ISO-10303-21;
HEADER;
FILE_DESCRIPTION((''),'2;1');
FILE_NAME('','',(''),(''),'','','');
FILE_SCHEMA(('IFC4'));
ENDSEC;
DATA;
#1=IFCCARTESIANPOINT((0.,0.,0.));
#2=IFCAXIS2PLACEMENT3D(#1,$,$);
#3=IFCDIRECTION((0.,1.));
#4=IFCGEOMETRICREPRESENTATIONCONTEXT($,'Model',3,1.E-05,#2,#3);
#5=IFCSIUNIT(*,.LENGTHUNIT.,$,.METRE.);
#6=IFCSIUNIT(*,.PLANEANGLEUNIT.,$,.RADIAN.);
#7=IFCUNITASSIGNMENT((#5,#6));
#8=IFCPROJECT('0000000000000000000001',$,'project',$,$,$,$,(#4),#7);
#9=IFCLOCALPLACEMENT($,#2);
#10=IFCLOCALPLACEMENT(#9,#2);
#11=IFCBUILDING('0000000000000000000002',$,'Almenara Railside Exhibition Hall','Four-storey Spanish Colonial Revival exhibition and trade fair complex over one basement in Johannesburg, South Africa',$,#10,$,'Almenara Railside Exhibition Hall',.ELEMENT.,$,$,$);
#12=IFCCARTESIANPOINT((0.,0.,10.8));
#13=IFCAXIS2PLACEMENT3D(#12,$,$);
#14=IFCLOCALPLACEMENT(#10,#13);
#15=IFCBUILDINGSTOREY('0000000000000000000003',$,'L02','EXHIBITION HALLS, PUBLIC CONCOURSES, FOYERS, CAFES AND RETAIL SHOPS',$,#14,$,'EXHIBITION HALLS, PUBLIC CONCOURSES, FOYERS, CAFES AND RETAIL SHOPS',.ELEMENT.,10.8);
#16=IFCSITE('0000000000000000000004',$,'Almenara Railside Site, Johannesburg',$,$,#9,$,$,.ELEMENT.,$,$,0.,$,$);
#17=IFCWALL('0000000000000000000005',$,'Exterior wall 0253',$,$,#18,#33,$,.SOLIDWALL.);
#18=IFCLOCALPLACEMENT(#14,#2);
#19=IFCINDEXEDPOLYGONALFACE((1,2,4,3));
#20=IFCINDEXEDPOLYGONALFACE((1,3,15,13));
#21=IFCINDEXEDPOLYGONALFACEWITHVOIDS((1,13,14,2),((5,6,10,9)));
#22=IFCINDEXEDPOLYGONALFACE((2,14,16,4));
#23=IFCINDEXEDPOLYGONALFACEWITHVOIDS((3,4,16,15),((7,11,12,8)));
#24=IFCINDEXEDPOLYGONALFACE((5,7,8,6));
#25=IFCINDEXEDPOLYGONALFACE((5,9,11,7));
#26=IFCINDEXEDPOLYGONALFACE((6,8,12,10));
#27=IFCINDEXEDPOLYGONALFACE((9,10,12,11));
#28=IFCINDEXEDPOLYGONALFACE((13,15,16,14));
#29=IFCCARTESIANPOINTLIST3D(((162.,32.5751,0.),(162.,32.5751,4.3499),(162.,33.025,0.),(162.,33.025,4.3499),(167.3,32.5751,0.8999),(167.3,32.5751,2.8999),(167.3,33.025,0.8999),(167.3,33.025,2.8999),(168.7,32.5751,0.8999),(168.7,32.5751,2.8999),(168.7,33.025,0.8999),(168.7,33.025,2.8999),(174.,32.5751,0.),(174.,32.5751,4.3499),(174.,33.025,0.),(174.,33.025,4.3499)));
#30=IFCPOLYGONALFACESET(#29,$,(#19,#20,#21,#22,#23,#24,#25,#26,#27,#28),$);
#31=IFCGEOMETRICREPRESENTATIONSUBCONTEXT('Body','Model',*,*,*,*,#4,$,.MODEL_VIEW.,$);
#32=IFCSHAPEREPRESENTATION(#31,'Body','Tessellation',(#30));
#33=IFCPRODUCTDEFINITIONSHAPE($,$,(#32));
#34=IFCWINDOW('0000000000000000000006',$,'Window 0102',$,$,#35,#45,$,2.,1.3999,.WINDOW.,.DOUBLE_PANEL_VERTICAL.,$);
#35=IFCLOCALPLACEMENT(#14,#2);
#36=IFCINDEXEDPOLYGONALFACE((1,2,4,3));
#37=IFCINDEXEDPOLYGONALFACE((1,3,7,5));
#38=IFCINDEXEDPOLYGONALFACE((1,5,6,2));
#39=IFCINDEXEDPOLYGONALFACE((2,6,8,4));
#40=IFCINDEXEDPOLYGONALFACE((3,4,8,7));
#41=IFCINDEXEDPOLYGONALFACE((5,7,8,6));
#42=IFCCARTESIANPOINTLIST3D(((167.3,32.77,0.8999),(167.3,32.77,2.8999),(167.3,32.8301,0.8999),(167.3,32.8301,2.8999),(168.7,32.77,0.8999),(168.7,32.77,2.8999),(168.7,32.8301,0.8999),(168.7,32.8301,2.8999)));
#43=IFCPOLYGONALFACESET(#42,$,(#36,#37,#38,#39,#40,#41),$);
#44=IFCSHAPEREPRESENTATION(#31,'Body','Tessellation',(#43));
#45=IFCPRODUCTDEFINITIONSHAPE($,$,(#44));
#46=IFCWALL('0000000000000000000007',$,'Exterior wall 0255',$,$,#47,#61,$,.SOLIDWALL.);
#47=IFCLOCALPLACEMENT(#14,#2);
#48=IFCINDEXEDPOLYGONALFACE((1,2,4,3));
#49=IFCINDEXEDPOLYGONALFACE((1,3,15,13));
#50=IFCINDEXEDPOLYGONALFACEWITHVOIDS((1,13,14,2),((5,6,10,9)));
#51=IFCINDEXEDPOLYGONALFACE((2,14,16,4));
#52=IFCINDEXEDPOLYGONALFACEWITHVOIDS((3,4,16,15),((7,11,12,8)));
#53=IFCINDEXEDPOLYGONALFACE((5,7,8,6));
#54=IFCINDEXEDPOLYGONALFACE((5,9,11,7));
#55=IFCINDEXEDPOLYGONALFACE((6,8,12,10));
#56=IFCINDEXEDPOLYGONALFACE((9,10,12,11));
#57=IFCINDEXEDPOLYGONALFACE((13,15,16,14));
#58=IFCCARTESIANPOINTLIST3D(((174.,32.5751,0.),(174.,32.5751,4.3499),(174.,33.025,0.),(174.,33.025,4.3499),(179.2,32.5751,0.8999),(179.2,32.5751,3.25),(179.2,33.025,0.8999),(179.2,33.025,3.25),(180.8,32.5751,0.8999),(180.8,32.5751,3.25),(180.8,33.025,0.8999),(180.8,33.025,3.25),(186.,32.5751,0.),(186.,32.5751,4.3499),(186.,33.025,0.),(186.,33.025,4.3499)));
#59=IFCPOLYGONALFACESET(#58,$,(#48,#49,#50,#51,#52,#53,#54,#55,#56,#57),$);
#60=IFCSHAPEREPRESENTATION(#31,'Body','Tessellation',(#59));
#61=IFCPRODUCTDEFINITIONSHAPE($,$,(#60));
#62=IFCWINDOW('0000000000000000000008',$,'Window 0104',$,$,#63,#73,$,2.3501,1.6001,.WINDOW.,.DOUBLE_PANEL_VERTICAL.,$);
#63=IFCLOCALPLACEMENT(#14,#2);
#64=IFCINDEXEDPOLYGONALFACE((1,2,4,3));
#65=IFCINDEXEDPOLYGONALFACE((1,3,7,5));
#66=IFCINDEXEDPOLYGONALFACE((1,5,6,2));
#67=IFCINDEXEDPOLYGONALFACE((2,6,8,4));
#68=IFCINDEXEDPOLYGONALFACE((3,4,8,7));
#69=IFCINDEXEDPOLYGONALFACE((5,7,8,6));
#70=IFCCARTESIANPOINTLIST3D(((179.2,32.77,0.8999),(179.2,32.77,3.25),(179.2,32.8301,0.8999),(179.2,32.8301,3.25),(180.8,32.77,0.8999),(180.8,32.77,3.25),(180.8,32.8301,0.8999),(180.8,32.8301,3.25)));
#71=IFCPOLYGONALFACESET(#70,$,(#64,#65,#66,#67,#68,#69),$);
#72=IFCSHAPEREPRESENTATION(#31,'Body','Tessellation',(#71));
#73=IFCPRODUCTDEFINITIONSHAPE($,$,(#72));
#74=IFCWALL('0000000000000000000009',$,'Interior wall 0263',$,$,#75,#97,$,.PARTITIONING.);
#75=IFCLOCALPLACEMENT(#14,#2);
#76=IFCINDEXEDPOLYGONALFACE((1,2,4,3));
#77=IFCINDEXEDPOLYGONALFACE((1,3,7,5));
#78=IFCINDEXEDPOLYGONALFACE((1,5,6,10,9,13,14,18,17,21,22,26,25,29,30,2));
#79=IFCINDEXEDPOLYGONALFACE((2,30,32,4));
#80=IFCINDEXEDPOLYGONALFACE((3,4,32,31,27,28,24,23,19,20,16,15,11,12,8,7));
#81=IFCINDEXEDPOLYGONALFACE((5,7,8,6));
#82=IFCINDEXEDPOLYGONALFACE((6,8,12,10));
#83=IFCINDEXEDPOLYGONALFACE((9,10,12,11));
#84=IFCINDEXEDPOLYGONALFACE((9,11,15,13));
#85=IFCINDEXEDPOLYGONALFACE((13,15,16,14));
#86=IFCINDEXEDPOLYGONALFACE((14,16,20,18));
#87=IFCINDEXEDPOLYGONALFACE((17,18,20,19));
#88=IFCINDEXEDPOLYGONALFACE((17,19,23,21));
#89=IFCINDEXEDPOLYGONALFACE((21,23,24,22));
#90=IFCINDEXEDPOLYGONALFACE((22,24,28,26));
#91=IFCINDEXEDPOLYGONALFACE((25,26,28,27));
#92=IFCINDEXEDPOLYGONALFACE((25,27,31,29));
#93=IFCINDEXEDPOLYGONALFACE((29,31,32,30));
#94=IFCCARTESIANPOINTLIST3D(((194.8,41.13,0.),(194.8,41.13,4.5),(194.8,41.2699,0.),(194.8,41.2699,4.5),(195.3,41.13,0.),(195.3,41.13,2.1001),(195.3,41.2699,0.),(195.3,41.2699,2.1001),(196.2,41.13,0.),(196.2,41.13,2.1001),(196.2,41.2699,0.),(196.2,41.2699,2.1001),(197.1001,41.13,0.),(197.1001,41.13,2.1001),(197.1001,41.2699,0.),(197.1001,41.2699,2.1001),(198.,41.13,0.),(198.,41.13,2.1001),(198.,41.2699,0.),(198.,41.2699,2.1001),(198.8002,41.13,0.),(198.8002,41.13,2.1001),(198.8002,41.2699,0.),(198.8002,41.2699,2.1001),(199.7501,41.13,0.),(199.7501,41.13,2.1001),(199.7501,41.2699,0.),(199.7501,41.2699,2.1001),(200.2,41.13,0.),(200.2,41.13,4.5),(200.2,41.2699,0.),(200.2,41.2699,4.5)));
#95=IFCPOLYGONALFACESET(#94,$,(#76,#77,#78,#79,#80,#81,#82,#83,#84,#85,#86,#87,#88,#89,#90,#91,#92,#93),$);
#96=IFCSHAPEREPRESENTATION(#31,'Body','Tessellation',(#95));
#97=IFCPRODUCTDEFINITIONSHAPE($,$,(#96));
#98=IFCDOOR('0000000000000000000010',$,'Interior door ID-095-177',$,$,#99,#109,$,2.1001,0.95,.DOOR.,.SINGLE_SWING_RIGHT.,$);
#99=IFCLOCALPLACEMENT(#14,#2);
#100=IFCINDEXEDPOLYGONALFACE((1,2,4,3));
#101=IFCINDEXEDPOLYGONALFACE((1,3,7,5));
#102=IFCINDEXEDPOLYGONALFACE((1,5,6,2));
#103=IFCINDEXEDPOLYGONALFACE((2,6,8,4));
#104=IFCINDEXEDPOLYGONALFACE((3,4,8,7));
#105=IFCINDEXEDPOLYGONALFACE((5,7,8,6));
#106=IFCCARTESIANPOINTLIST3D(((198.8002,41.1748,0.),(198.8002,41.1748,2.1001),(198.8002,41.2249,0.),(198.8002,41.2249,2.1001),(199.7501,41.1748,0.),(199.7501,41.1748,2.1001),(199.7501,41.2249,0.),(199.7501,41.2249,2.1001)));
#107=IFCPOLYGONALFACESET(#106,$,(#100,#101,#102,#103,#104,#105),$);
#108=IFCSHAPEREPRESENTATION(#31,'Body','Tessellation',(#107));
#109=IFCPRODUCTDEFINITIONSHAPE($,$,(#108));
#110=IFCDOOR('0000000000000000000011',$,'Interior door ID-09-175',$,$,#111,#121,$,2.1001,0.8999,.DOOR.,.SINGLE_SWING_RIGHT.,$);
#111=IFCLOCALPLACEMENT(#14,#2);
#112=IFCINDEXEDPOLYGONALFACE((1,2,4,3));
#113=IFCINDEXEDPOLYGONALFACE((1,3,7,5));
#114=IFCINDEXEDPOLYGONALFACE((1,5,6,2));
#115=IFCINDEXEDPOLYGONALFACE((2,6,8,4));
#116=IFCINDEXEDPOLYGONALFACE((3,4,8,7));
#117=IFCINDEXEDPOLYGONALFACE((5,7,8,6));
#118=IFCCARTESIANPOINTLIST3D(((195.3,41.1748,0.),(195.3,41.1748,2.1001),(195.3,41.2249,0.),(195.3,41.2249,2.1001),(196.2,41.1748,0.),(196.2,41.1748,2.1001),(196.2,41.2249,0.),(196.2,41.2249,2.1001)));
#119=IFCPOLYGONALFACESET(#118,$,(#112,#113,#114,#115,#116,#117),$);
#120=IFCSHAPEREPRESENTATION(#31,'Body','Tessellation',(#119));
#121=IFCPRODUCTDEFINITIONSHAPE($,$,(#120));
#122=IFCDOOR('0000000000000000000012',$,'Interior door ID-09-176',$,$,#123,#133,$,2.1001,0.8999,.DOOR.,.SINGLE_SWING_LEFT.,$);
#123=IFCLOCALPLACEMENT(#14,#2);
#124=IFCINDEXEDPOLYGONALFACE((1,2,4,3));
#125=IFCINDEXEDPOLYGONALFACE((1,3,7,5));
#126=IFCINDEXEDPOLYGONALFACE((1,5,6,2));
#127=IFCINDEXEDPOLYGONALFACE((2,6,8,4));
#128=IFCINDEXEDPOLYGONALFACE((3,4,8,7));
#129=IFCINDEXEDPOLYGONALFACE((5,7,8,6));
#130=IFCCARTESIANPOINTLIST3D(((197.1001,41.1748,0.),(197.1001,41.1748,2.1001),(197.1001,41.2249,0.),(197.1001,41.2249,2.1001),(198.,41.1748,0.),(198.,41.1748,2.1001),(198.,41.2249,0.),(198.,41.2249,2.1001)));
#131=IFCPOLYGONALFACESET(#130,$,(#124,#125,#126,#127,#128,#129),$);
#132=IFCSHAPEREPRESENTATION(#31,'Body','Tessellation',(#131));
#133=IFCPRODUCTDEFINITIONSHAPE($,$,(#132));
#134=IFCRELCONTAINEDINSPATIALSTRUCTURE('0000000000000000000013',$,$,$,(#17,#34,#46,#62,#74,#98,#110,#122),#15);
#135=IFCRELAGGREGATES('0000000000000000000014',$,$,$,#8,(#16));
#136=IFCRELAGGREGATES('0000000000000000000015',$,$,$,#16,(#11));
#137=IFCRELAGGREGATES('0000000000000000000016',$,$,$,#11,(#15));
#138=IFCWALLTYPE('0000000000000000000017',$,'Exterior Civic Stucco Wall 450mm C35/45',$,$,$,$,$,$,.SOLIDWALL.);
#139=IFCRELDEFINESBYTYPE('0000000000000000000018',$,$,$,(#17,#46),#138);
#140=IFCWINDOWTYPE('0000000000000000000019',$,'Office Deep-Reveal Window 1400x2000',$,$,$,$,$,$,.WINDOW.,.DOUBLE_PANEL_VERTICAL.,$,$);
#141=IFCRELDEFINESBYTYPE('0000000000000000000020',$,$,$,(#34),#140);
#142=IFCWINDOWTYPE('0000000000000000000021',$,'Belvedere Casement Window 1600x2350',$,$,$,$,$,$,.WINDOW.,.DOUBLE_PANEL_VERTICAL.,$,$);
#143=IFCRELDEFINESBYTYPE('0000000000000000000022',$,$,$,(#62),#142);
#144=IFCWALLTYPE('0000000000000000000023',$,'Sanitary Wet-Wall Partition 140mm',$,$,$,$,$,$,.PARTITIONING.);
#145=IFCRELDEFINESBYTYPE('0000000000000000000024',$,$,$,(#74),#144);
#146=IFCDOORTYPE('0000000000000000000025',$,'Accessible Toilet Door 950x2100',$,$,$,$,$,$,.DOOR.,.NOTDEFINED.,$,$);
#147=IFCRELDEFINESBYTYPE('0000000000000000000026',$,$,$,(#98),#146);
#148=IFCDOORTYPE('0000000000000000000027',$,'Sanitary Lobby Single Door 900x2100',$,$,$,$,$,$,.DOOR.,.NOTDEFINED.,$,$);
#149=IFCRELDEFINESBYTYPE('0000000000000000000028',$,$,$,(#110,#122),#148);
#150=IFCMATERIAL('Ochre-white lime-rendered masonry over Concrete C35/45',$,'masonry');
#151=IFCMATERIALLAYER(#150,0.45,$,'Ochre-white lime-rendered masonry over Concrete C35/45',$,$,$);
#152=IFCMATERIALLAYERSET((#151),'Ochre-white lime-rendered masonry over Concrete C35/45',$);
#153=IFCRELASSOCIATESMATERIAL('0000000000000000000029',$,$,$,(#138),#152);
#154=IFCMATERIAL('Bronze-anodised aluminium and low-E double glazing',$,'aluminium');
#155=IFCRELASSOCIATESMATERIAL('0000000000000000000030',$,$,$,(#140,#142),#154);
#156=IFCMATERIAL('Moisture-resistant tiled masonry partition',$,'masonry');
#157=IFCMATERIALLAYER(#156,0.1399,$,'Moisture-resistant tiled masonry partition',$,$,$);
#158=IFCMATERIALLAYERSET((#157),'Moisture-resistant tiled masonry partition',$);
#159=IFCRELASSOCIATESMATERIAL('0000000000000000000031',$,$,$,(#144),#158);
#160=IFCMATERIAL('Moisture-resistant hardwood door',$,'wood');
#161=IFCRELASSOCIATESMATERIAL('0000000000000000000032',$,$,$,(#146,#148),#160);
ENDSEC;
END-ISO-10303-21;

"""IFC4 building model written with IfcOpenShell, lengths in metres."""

from ifc_helpers import new_model, si_unit, direction, frame, frame_2d, origin, place, context, subcontext, project, spatial, rectangle, extrude, material, layer, layer_set, type_object, element, fill, save


model = new_model("IFC4")

# Units and contexts
model_context = context("Model", 3, precision=1e-05, world=origin(), true_north=direction((0.0, 1.0)))
body_context = subcontext(model_context, "Body", "Model", "MODEL_VIEW")
ifc_project = project(units=[si_unit("LENGTHUNIT", "METRE"), si_unit("PLANEANGLEUNIT", "RADIAN")], contexts=[model_context])

# Site, building, storey
site_placement = place(None, origin())
site = spatial("IfcSite", under=ifc_project, at=site_placement, Name="Almenara Railside Site, Johannesburg", CompositionType="ELEMENT", RefElevation=0.0)
building_placement = place(site_placement, origin())
building = spatial("IfcBuilding", under=site, at=building_placement, Name="Almenara Railside Exhibition Hall", Description="Four-storey Spanish Colonial Revival exhibition and trade fair complex over one basement in Johannesburg, South Africa", LongName="Almenara Railside Exhibition Hall", CompositionType="ELEMENT")
storey_placement = place(building_placement, frame((0.0, 0.0, 10.8)))
storey = spatial("IfcBuildingStorey", under=building, at=storey_placement, Name="L02", Description="EXHIBITION HALLS, PUBLIC CONCOURSES, FOYERS, CAFES AND RETAIL SHOPS", LongName="EXHIBITION HALLS, PUBLIC CONCOURSES, FOYERS, CAFES AND RETAIL SHOPS", CompositionType="ELEMENT", Elevation=10.8)

# Shared definitions
ifc_material_1 = material(Name="Ochre-white lime-rendered masonry over Concrete C35/45", Category="masonry")

# Walls, openings, windows
ifc_layer_1 = layer(ifc_material_1, 0.45, Name="Ochre-white lime-rendered masonry over Concrete C35/45")
ifc_layer_set_1 = layer_set([ifc_layer_1], Name="Ochre-white lime-rendered masonry over Concrete C35/45")
wall_type_1 = type_object("IfcWallType", Name="Exterior Civic Stucco Wall 450mm C35/45", PredefinedType="SOLIDWALL", material=ifc_layer_set_1)
wall_1_placement = place(storey_placement, frame((174.0, 32.8, 0.0), z_axis=(0.0, 0.0, 1.0), x_axis=(-1.0, 0.0, 0.0)))
wall_1 = element("IfcWall", 1, at=wall_1_placement, inside=storey, type_object=wall_type_1, Name="Exterior wall 0253", PredefinedType="SOLIDWALL", context=body_context, shape_type="SweptSolid", body=[
    extrude(rectangle(XDim=12.0, YDim=0.45, at=frame_2d((6.0, 0.0))), origin(), (0.0, 0.0, 1.0), 4.3499),
])
opening_1_placement = place(wall_1_placement, frame((5.3, 0.0, 0.8999)))
opening_1 = element("IfcOpeningElement", 2, at=opening_1_placement, cuts=wall_1, PredefinedType="OPENING", context=body_context, shape_type="SweptSolid", body=[
    extrude(rectangle(XDim=1.3999, YDim=2.0, at=frame_2d((0.7, 1.0))), frame((0.0, 0.2349, 0.0), z_axis=(0.0, -1.0, 0.0), x_axis=(1.0, 0.0, 0.0)), (0.0, 0.0, 1.0), 0.47),
])
ifc_material_2 = material(Name="Bronze-anodised aluminium and low-E double glazing", Category="aluminium")
window_type_1 = type_object("IfcWindowType", Name="Office Deep-Reveal Window 1400x2000", PartitioningType="DOUBLE_PANEL_VERTICAL", PredefinedType="WINDOW", material=ifc_material_2)
window_1_placement = place(opening_1_placement, origin())
window_1 = element("IfcWindow", 3, at=window_1_placement, inside=storey, type_object=window_type_1, Name="Window 0102", OverallHeight=2.0, OverallWidth=1.3999, PartitioningType="DOUBLE_PANEL_VERTICAL", PredefinedType="WINDOW", context=body_context, shape_type="SweptSolid", body=[
    extrude(rectangle(XDim=1.3999, YDim=2.0, at=frame_2d((0.7, 1.0))), frame((0.0, 0.03, 0.0), z_axis=(0.0, -1.0, 0.0), x_axis=(1.0, 0.0, 0.0)), (0.0, 0.0, 1.0), 0.0601),
])
fill(opening_1, window_1)
wall_2_placement = place(storey_placement, frame((186.0, 32.8, 0.0), z_axis=(0.0, 0.0, 1.0), x_axis=(-1.0, 0.0, 0.0)))
wall_2 = element("IfcWall", 4, at=wall_2_placement, inside=storey, type_object=wall_type_1, Name="Exterior wall 0255", PredefinedType="SOLIDWALL", context=body_context, shape_type="SweptSolid", body=[
    extrude(rectangle(XDim=12.0, YDim=0.45, at=frame_2d((6.0, 0.0))), origin(), (0.0, 0.0, 1.0), 4.3499),
])
opening_2_placement = place(wall_2_placement, frame((5.2, 0.0, 0.8999)))
opening_2 = element("IfcOpeningElement", 5, at=opening_2_placement, cuts=wall_2, PredefinedType="OPENING", context=body_context, shape_type="SweptSolid", body=[
    extrude(rectangle(XDim=1.6001, YDim=2.3501, at=frame_2d((0.8, 1.175))), frame((0.0, 0.2349, 0.0), z_axis=(0.0, -1.0, 0.0), x_axis=(1.0, 0.0, 0.0)), (0.0, 0.0, 1.0), 0.47),
])
window_type_2 = type_object("IfcWindowType", Name="Belvedere Casement Window 1600x2350", PartitioningType="DOUBLE_PANEL_VERTICAL", PredefinedType="WINDOW", material=ifc_material_2)
window_2_placement = place(opening_2_placement, origin())
window_2 = element("IfcWindow", 6, at=window_2_placement, inside=storey, type_object=window_type_2, Name="Window 0104", OverallHeight=2.3501, OverallWidth=1.6001, PartitioningType="DOUBLE_PANEL_VERTICAL", PredefinedType="WINDOW", context=body_context, shape_type="SweptSolid", body=[
    extrude(rectangle(XDim=1.6001, YDim=2.3501, at=frame_2d((0.8, 1.175))), frame((0.0, 0.03, 0.0), z_axis=(0.0, -1.0, 0.0), x_axis=(1.0, 0.0, 0.0)), (0.0, 0.0, 1.0), 0.0601),
])
fill(opening_2, window_2)

# Wall, openings, doors
ifc_material_3 = material(Name="Moisture-resistant tiled masonry partition", Category="masonry")
ifc_layer_2 = layer(ifc_material_3, 0.1399, Name="Moisture-resistant tiled masonry partition")
ifc_layer_set_2 = layer_set([ifc_layer_2], Name="Moisture-resistant tiled masonry partition")
wall_type_2 = type_object("IfcWallType", Name="Sanitary Wet-Wall Partition 140mm", PredefinedType="PARTITIONING", material=ifc_layer_set_2)
wall_3_placement = place(storey_placement, frame((194.8, 41.2, 0.0), z_axis=(0.0, 0.0, 1.0), x_axis=(1.0, 0.0, 0.0)))
wall_3 = element("IfcWall", 7, at=wall_3_placement, inside=storey, type_object=wall_type_2, Name="Interior wall 0263", PredefinedType="PARTITIONING", context=body_context, shape_type="SweptSolid", body=[
    extrude(rectangle(XDim=5.3999, YDim=0.1399, at=frame_2d((2.7, 0.0))), origin(), (0.0, 0.0, 1.0), 4.5),
])
opening_3_placement = place(wall_3_placement, frame((0.5, 0.0, 0.0)))
opening_3 = element("IfcOpeningElement", 8, at=opening_3_placement, cuts=wall_3, PredefinedType="OPENING", context=body_context, shape_type="SweptSolid", body=[
    extrude(rectangle(XDim=0.8999, YDim=2.1001, at=frame_2d((0.45, 1.05))), frame((0.0, 0.0798, 0.0), z_axis=(0.0, -1.0, 0.0), x_axis=(1.0, 0.0, 0.0)), (0.0, 0.0, 1.0), 0.1599),
])
opening_4_placement = place(wall_3_placement, frame((2.3, 0.0, 0.0)))
opening_4 = element("IfcOpeningElement", 9, at=opening_4_placement, cuts=wall_3, PredefinedType="OPENING", context=body_context, shape_type="SweptSolid", body=[
    extrude(rectangle(XDim=0.8999, YDim=2.1001, at=frame_2d((0.45, 1.05))), frame((0.0, 0.0798, 0.0), z_axis=(0.0, -1.0, 0.0), x_axis=(1.0, 0.0, 0.0)), (0.0, 0.0, 1.0), 0.1599),
])
opening_5_placement = place(wall_3_placement, frame((4.0, 0.0, 0.0)))
opening_5 = element("IfcOpeningElement", 10, at=opening_5_placement, cuts=wall_3, PredefinedType="OPENING", context=body_context, shape_type="SweptSolid", body=[
    extrude(rectangle(XDim=0.95, YDim=2.1001, at=frame_2d((0.4751, 1.05))), frame((0.0, 0.0798, 0.0), z_axis=(0.0, -1.0, 0.0), x_axis=(1.0, 0.0, 0.0)), (0.0, 0.0, 1.0), 0.1599),
])
ifc_material_4 = material(Name="Moisture-resistant hardwood door", Category="wood")
door_type_1 = type_object("IfcDoorType", Name="Accessible Toilet Door 950x2100", OperationType="NOTDEFINED", PredefinedType="DOOR", material=ifc_material_4)
door_1_placement = place(opening_5_placement, origin())
door_1 = element("IfcDoor", 11, at=door_1_placement, inside=storey, type_object=door_type_1, Name="Interior door ID-095-177", OperationType="SINGLE_SWING_RIGHT", OverallHeight=2.1001, OverallWidth=0.95, PredefinedType="DOOR", context=body_context, shape_type="SweptSolid", body=[
    extrude(rectangle(XDim=0.95, YDim=2.1001, at=frame_2d((0.4751, 1.05))), frame((0.0, 0.0249, 0.0), z_axis=(0.0, -1.0, 0.0), x_axis=(1.0, 0.0, 0.0)), (0.0, 0.0, 1.0), 0.05),
])
fill(opening_5, door_1)
door_type_2 = type_object("IfcDoorType", Name="Sanitary Lobby Single Door 900x2100", OperationType="NOTDEFINED", PredefinedType="DOOR", material=ifc_material_4)
door_2_placement = place(opening_3_placement, origin())
door_2 = element("IfcDoor", 12, at=door_2_placement, inside=storey, type_object=door_type_2, Name="Interior door ID-09-175", OperationType="SINGLE_SWING_RIGHT", OverallHeight=2.1001, OverallWidth=0.8999, PredefinedType="DOOR", context=body_context, shape_type="SweptSolid", body=[
    extrude(rectangle(XDim=0.8999, YDim=2.1001, at=frame_2d((0.45, 1.05))), frame((0.0, 0.0249, 0.0), z_axis=(0.0, -1.0, 0.0), x_axis=(1.0, 0.0, 0.0)), (0.0, 0.0, 1.0), 0.05),
])
fill(opening_3, door_2)
door_3_placement = place(opening_4_placement, origin())
door_3 = element("IfcDoor", 13, at=door_3_placement, inside=storey, type_object=door_type_2, Name="Interior door ID-09-176", OperationType="SINGLE_SWING_LEFT", OverallHeight=2.1001, OverallWidth=0.8999, PredefinedType="DOOR", context=body_context, shape_type="SweptSolid", body=[
    extrude(rectangle(XDim=0.8999, YDim=2.1001, at=frame_2d((0.45, 1.05))), frame((0.0, 0.0249, 0.0), z_axis=(0.0, -1.0, 0.0), x_axis=(1.0, 0.0, 0.0)), (0.0, 0.0, 1.0), 0.05),
])
fill(opening_4, door_3)

save(model, "model.ifc")
